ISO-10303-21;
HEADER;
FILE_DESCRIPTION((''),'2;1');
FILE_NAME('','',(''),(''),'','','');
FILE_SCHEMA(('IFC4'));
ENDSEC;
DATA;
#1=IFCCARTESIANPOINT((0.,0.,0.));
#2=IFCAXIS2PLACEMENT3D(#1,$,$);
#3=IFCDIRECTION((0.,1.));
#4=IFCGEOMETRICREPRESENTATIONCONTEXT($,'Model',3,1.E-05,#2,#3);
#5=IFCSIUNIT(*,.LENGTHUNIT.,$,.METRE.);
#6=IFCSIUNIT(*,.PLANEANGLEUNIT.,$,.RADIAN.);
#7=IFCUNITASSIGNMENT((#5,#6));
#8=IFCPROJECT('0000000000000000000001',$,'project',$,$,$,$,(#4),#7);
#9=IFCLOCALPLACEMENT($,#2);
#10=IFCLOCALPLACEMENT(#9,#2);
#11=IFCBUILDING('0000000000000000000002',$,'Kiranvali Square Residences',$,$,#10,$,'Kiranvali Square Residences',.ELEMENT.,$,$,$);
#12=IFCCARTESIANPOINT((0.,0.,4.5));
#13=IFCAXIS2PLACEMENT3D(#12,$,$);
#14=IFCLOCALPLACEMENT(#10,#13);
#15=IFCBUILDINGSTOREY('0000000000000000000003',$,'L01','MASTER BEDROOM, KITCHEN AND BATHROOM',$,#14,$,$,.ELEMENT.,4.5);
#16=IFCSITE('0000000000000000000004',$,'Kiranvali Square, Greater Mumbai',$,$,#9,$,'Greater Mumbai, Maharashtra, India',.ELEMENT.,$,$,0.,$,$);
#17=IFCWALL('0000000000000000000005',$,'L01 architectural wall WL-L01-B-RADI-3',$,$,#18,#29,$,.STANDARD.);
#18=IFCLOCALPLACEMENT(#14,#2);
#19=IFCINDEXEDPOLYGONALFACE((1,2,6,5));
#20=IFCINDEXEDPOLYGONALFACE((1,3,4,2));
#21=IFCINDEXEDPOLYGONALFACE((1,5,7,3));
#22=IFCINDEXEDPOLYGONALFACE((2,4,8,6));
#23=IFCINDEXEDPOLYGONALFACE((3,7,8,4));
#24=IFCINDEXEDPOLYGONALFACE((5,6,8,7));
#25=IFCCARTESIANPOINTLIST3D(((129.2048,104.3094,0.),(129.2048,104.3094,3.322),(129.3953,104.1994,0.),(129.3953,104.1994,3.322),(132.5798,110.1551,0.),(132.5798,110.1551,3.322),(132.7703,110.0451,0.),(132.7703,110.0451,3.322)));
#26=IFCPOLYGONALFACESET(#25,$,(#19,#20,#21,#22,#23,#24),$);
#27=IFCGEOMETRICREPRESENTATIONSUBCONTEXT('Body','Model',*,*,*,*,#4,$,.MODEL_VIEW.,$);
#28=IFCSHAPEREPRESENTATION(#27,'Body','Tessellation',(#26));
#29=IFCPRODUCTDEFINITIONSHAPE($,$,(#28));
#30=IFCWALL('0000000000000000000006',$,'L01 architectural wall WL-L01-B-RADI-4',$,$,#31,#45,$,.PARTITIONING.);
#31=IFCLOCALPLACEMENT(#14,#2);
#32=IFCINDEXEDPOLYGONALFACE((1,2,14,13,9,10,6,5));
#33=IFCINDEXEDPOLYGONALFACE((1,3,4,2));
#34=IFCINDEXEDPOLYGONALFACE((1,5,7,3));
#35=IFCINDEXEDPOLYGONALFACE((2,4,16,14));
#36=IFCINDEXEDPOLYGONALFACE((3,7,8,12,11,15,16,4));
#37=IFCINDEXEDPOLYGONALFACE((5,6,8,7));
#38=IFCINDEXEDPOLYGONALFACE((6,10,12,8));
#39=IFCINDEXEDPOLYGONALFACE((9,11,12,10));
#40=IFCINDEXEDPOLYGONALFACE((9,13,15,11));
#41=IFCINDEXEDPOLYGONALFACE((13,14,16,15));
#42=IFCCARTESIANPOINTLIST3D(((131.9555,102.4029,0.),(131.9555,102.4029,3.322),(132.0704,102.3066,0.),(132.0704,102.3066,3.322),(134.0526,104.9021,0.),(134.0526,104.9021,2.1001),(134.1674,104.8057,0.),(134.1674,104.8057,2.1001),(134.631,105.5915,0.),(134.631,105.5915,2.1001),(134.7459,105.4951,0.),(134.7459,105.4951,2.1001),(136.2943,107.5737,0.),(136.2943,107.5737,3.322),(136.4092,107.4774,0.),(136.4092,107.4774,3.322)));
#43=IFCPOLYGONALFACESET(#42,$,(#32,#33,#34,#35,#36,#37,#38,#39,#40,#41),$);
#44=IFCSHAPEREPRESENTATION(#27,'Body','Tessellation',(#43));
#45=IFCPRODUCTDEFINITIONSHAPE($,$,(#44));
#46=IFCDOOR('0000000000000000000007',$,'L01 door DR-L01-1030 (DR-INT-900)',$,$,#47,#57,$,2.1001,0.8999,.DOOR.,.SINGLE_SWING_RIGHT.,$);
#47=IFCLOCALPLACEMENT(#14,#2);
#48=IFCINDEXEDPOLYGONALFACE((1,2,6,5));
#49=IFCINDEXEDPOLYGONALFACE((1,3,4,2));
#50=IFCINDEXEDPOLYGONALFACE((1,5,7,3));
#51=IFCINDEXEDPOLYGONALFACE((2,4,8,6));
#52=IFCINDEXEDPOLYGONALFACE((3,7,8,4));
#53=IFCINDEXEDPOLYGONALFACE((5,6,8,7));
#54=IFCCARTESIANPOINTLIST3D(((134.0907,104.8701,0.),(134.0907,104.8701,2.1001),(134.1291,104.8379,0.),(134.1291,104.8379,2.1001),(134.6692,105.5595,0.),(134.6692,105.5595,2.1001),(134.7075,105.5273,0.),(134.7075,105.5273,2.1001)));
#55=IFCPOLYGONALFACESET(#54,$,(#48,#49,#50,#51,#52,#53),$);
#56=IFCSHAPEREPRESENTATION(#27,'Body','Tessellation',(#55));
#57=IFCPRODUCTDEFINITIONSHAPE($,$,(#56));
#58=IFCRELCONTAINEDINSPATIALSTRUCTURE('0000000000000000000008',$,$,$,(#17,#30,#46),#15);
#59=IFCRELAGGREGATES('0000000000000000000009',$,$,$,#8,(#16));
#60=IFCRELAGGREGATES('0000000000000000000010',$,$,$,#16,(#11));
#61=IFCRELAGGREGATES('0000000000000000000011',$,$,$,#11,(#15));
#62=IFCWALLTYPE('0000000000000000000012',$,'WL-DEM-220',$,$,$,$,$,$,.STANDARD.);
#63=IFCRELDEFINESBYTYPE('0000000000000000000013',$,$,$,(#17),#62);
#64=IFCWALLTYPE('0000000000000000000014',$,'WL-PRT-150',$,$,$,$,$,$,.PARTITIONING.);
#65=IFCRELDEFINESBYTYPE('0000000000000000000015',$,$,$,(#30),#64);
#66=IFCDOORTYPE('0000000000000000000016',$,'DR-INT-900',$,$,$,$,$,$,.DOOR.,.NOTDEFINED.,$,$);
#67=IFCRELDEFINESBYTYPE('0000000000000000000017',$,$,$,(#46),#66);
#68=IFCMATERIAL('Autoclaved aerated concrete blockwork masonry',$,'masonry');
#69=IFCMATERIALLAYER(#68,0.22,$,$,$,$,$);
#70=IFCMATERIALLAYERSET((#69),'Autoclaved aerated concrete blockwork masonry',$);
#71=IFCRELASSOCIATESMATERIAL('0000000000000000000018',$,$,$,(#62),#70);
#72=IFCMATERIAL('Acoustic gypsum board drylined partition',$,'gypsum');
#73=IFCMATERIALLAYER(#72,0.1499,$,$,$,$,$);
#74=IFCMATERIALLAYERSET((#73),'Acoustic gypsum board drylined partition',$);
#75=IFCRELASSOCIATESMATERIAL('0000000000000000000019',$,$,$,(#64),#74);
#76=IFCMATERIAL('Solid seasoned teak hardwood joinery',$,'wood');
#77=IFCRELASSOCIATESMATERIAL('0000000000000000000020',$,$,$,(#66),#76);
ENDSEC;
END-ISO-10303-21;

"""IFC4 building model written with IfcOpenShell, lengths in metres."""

from ifc_helpers import new_model, si_unit, direction, frame, frame_2d, origin, place, context, subcontext, project, spatial, rectangle, extrude, material, layer, layer_set, type_object, element, fill, save


model = new_model("IFC4")

# Units and contexts
model_context = context("Model", 3, precision=1e-05, world=origin(), true_north=direction((0.0, 1.0)))
body_context = subcontext(model_context, "Body", "Model", "MODEL_VIEW")
ifc_project = project(units=[si_unit("LENGTHUNIT", "METRE"), si_unit("PLANEANGLEUNIT", "RADIAN")], contexts=[model_context])

# Site, building, storey
site_placement = place(None, origin())
site = spatial("IfcSite", under=ifc_project, at=site_placement, Name="Kiranvali Square, Greater Mumbai", LongName="Greater Mumbai, Maharashtra, India", CompositionType="ELEMENT", RefElevation=0.0)
building_placement = place(site_placement, origin())
building = spatial("IfcBuilding", under=site, at=building_placement, Name="Kiranvali Square Residences", LongName="Kiranvali Square Residences", CompositionType="ELEMENT")
storey_placement = place(building_placement, frame((0.0, 0.0, 4.5)))
storey = spatial("IfcBuildingStorey", under=building, at=storey_placement, Name="L01", Description="MASTER BEDROOM, KITCHEN AND BATHROOM", CompositionType="ELEMENT", Elevation=4.5)

# Wall
ifc_material_1 = material(Name="Autoclaved aerated concrete blockwork masonry", Category="masonry")
ifc_layer_1 = layer(ifc_material_1, 0.22)
ifc_layer_set_1 = layer_set([ifc_layer_1], Name="Autoclaved aerated concrete blockwork masonry")
wall_type_1 = type_object("IfcWallType", Name="WL-DEM-220", PredefinedType="STANDARD", material=ifc_layer_set_1)
wall_1_placement = place(storey_placement, frame((129.3, 104.2544, 0.0), z_axis=(0.0, 0.0, 1.0), x_axis=(0.499998, 0.866027, 0.0)))
element("IfcWall", 1, at=wall_1_placement, inside=storey, type_object=wall_type_1, Name="L01 architectural wall WL-L01-B-RADI-3", PredefinedType="STANDARD", context=body_context, shape_type="SweptSolid", body=[
    extrude(rectangle(XDim=6.75, YDim=0.22, at=frame_2d((3.375, 0.0))), origin(), (0.0, 0.0, 1.0), 3.322),
])

# Wall, opening, door
ifc_material_2 = material(Name="Acoustic gypsum board drylined partition", Category="gypsum")
ifc_layer_2 = layer(ifc_material_2, 0.1499)
ifc_layer_set_2 = layer_set([ifc_layer_2], Name="Acoustic gypsum board drylined partition")
wall_type_2 = type_object("IfcWallType", Name="WL-PRT-150", PredefinedType="PARTITIONING", material=ifc_layer_set_2)
wall_2_placement = place(storey_placement, frame((132.0129, 102.3547, 0.0), z_axis=(0.0, 0.0, 1.0), x_axis=(0.642785, 0.766047, 0.0)))
wall_2 = element("IfcWall", 2, at=wall_2_placement, inside=storey, type_object=wall_type_2, Name="L01 architectural wall WL-L01-B-RADI-4", PredefinedType="PARTITIONING", context=body_context, shape_type="SweptSolid", body=[
    extrude(rectangle(XDim=6.75, YDim=0.1499, at=frame_2d((3.375, 0.0))), origin(), (0.0, 0.0, 1.0), 3.322),
])
opening_placement = place(wall_2_placement, frame((3.2625, 0.0, 0.0)))
opening = element("IfcOpeningElement", 3, at=opening_placement, cuts=wall_2, PredefinedType="OPENING", context=body_context, shape_type="SweptSolid", body=[
    extrude(rectangle(XDim=0.8999, YDim=2.1001, at=frame_2d((0.45, 1.05))), frame((0.0, 0.085, 0.0), z_axis=(0.0, -1.0, 0.0), x_axis=(1.0, 0.0, 0.0)), (0.0, 0.0, 1.0), 0.1699),
])
ifc_material_3 = material(Name="Solid seasoned teak hardwood joinery", Category="wood")
door_type = type_object("IfcDoorType", Name="DR-INT-900", OperationType="NOTDEFINED", PredefinedType="DOOR", material=ifc_material_3)
door_placement = place(opening_placement, frame((0.8999, 0.0, 0.0), z_axis=(0.0, 0.0, 1.0), x_axis=(-1.0, 0.0, 0.0)))
door = element("IfcDoor", 4, at=door_placement, inside=storey, type_object=door_type, Name="L01 door DR-L01-1030 (DR-INT-900)", OperationType="SINGLE_SWING_RIGHT", OverallHeight=2.1001, OverallWidth=0.8999, PredefinedType="DOOR", context=body_context, shape_type="SweptSolid", body=[
    extrude(rectangle(XDim=0.8999, YDim=2.1001, at=frame_2d((0.45, 1.05))), frame((0.0, 0.0249, 0.0), z_axis=(0.0, -1.0, 0.0), x_axis=(1.0, 0.0, 0.0)), (0.0, 0.0, 1.0), 0.05),
])
fill(opening, door)

save(model, "model.ifc")
